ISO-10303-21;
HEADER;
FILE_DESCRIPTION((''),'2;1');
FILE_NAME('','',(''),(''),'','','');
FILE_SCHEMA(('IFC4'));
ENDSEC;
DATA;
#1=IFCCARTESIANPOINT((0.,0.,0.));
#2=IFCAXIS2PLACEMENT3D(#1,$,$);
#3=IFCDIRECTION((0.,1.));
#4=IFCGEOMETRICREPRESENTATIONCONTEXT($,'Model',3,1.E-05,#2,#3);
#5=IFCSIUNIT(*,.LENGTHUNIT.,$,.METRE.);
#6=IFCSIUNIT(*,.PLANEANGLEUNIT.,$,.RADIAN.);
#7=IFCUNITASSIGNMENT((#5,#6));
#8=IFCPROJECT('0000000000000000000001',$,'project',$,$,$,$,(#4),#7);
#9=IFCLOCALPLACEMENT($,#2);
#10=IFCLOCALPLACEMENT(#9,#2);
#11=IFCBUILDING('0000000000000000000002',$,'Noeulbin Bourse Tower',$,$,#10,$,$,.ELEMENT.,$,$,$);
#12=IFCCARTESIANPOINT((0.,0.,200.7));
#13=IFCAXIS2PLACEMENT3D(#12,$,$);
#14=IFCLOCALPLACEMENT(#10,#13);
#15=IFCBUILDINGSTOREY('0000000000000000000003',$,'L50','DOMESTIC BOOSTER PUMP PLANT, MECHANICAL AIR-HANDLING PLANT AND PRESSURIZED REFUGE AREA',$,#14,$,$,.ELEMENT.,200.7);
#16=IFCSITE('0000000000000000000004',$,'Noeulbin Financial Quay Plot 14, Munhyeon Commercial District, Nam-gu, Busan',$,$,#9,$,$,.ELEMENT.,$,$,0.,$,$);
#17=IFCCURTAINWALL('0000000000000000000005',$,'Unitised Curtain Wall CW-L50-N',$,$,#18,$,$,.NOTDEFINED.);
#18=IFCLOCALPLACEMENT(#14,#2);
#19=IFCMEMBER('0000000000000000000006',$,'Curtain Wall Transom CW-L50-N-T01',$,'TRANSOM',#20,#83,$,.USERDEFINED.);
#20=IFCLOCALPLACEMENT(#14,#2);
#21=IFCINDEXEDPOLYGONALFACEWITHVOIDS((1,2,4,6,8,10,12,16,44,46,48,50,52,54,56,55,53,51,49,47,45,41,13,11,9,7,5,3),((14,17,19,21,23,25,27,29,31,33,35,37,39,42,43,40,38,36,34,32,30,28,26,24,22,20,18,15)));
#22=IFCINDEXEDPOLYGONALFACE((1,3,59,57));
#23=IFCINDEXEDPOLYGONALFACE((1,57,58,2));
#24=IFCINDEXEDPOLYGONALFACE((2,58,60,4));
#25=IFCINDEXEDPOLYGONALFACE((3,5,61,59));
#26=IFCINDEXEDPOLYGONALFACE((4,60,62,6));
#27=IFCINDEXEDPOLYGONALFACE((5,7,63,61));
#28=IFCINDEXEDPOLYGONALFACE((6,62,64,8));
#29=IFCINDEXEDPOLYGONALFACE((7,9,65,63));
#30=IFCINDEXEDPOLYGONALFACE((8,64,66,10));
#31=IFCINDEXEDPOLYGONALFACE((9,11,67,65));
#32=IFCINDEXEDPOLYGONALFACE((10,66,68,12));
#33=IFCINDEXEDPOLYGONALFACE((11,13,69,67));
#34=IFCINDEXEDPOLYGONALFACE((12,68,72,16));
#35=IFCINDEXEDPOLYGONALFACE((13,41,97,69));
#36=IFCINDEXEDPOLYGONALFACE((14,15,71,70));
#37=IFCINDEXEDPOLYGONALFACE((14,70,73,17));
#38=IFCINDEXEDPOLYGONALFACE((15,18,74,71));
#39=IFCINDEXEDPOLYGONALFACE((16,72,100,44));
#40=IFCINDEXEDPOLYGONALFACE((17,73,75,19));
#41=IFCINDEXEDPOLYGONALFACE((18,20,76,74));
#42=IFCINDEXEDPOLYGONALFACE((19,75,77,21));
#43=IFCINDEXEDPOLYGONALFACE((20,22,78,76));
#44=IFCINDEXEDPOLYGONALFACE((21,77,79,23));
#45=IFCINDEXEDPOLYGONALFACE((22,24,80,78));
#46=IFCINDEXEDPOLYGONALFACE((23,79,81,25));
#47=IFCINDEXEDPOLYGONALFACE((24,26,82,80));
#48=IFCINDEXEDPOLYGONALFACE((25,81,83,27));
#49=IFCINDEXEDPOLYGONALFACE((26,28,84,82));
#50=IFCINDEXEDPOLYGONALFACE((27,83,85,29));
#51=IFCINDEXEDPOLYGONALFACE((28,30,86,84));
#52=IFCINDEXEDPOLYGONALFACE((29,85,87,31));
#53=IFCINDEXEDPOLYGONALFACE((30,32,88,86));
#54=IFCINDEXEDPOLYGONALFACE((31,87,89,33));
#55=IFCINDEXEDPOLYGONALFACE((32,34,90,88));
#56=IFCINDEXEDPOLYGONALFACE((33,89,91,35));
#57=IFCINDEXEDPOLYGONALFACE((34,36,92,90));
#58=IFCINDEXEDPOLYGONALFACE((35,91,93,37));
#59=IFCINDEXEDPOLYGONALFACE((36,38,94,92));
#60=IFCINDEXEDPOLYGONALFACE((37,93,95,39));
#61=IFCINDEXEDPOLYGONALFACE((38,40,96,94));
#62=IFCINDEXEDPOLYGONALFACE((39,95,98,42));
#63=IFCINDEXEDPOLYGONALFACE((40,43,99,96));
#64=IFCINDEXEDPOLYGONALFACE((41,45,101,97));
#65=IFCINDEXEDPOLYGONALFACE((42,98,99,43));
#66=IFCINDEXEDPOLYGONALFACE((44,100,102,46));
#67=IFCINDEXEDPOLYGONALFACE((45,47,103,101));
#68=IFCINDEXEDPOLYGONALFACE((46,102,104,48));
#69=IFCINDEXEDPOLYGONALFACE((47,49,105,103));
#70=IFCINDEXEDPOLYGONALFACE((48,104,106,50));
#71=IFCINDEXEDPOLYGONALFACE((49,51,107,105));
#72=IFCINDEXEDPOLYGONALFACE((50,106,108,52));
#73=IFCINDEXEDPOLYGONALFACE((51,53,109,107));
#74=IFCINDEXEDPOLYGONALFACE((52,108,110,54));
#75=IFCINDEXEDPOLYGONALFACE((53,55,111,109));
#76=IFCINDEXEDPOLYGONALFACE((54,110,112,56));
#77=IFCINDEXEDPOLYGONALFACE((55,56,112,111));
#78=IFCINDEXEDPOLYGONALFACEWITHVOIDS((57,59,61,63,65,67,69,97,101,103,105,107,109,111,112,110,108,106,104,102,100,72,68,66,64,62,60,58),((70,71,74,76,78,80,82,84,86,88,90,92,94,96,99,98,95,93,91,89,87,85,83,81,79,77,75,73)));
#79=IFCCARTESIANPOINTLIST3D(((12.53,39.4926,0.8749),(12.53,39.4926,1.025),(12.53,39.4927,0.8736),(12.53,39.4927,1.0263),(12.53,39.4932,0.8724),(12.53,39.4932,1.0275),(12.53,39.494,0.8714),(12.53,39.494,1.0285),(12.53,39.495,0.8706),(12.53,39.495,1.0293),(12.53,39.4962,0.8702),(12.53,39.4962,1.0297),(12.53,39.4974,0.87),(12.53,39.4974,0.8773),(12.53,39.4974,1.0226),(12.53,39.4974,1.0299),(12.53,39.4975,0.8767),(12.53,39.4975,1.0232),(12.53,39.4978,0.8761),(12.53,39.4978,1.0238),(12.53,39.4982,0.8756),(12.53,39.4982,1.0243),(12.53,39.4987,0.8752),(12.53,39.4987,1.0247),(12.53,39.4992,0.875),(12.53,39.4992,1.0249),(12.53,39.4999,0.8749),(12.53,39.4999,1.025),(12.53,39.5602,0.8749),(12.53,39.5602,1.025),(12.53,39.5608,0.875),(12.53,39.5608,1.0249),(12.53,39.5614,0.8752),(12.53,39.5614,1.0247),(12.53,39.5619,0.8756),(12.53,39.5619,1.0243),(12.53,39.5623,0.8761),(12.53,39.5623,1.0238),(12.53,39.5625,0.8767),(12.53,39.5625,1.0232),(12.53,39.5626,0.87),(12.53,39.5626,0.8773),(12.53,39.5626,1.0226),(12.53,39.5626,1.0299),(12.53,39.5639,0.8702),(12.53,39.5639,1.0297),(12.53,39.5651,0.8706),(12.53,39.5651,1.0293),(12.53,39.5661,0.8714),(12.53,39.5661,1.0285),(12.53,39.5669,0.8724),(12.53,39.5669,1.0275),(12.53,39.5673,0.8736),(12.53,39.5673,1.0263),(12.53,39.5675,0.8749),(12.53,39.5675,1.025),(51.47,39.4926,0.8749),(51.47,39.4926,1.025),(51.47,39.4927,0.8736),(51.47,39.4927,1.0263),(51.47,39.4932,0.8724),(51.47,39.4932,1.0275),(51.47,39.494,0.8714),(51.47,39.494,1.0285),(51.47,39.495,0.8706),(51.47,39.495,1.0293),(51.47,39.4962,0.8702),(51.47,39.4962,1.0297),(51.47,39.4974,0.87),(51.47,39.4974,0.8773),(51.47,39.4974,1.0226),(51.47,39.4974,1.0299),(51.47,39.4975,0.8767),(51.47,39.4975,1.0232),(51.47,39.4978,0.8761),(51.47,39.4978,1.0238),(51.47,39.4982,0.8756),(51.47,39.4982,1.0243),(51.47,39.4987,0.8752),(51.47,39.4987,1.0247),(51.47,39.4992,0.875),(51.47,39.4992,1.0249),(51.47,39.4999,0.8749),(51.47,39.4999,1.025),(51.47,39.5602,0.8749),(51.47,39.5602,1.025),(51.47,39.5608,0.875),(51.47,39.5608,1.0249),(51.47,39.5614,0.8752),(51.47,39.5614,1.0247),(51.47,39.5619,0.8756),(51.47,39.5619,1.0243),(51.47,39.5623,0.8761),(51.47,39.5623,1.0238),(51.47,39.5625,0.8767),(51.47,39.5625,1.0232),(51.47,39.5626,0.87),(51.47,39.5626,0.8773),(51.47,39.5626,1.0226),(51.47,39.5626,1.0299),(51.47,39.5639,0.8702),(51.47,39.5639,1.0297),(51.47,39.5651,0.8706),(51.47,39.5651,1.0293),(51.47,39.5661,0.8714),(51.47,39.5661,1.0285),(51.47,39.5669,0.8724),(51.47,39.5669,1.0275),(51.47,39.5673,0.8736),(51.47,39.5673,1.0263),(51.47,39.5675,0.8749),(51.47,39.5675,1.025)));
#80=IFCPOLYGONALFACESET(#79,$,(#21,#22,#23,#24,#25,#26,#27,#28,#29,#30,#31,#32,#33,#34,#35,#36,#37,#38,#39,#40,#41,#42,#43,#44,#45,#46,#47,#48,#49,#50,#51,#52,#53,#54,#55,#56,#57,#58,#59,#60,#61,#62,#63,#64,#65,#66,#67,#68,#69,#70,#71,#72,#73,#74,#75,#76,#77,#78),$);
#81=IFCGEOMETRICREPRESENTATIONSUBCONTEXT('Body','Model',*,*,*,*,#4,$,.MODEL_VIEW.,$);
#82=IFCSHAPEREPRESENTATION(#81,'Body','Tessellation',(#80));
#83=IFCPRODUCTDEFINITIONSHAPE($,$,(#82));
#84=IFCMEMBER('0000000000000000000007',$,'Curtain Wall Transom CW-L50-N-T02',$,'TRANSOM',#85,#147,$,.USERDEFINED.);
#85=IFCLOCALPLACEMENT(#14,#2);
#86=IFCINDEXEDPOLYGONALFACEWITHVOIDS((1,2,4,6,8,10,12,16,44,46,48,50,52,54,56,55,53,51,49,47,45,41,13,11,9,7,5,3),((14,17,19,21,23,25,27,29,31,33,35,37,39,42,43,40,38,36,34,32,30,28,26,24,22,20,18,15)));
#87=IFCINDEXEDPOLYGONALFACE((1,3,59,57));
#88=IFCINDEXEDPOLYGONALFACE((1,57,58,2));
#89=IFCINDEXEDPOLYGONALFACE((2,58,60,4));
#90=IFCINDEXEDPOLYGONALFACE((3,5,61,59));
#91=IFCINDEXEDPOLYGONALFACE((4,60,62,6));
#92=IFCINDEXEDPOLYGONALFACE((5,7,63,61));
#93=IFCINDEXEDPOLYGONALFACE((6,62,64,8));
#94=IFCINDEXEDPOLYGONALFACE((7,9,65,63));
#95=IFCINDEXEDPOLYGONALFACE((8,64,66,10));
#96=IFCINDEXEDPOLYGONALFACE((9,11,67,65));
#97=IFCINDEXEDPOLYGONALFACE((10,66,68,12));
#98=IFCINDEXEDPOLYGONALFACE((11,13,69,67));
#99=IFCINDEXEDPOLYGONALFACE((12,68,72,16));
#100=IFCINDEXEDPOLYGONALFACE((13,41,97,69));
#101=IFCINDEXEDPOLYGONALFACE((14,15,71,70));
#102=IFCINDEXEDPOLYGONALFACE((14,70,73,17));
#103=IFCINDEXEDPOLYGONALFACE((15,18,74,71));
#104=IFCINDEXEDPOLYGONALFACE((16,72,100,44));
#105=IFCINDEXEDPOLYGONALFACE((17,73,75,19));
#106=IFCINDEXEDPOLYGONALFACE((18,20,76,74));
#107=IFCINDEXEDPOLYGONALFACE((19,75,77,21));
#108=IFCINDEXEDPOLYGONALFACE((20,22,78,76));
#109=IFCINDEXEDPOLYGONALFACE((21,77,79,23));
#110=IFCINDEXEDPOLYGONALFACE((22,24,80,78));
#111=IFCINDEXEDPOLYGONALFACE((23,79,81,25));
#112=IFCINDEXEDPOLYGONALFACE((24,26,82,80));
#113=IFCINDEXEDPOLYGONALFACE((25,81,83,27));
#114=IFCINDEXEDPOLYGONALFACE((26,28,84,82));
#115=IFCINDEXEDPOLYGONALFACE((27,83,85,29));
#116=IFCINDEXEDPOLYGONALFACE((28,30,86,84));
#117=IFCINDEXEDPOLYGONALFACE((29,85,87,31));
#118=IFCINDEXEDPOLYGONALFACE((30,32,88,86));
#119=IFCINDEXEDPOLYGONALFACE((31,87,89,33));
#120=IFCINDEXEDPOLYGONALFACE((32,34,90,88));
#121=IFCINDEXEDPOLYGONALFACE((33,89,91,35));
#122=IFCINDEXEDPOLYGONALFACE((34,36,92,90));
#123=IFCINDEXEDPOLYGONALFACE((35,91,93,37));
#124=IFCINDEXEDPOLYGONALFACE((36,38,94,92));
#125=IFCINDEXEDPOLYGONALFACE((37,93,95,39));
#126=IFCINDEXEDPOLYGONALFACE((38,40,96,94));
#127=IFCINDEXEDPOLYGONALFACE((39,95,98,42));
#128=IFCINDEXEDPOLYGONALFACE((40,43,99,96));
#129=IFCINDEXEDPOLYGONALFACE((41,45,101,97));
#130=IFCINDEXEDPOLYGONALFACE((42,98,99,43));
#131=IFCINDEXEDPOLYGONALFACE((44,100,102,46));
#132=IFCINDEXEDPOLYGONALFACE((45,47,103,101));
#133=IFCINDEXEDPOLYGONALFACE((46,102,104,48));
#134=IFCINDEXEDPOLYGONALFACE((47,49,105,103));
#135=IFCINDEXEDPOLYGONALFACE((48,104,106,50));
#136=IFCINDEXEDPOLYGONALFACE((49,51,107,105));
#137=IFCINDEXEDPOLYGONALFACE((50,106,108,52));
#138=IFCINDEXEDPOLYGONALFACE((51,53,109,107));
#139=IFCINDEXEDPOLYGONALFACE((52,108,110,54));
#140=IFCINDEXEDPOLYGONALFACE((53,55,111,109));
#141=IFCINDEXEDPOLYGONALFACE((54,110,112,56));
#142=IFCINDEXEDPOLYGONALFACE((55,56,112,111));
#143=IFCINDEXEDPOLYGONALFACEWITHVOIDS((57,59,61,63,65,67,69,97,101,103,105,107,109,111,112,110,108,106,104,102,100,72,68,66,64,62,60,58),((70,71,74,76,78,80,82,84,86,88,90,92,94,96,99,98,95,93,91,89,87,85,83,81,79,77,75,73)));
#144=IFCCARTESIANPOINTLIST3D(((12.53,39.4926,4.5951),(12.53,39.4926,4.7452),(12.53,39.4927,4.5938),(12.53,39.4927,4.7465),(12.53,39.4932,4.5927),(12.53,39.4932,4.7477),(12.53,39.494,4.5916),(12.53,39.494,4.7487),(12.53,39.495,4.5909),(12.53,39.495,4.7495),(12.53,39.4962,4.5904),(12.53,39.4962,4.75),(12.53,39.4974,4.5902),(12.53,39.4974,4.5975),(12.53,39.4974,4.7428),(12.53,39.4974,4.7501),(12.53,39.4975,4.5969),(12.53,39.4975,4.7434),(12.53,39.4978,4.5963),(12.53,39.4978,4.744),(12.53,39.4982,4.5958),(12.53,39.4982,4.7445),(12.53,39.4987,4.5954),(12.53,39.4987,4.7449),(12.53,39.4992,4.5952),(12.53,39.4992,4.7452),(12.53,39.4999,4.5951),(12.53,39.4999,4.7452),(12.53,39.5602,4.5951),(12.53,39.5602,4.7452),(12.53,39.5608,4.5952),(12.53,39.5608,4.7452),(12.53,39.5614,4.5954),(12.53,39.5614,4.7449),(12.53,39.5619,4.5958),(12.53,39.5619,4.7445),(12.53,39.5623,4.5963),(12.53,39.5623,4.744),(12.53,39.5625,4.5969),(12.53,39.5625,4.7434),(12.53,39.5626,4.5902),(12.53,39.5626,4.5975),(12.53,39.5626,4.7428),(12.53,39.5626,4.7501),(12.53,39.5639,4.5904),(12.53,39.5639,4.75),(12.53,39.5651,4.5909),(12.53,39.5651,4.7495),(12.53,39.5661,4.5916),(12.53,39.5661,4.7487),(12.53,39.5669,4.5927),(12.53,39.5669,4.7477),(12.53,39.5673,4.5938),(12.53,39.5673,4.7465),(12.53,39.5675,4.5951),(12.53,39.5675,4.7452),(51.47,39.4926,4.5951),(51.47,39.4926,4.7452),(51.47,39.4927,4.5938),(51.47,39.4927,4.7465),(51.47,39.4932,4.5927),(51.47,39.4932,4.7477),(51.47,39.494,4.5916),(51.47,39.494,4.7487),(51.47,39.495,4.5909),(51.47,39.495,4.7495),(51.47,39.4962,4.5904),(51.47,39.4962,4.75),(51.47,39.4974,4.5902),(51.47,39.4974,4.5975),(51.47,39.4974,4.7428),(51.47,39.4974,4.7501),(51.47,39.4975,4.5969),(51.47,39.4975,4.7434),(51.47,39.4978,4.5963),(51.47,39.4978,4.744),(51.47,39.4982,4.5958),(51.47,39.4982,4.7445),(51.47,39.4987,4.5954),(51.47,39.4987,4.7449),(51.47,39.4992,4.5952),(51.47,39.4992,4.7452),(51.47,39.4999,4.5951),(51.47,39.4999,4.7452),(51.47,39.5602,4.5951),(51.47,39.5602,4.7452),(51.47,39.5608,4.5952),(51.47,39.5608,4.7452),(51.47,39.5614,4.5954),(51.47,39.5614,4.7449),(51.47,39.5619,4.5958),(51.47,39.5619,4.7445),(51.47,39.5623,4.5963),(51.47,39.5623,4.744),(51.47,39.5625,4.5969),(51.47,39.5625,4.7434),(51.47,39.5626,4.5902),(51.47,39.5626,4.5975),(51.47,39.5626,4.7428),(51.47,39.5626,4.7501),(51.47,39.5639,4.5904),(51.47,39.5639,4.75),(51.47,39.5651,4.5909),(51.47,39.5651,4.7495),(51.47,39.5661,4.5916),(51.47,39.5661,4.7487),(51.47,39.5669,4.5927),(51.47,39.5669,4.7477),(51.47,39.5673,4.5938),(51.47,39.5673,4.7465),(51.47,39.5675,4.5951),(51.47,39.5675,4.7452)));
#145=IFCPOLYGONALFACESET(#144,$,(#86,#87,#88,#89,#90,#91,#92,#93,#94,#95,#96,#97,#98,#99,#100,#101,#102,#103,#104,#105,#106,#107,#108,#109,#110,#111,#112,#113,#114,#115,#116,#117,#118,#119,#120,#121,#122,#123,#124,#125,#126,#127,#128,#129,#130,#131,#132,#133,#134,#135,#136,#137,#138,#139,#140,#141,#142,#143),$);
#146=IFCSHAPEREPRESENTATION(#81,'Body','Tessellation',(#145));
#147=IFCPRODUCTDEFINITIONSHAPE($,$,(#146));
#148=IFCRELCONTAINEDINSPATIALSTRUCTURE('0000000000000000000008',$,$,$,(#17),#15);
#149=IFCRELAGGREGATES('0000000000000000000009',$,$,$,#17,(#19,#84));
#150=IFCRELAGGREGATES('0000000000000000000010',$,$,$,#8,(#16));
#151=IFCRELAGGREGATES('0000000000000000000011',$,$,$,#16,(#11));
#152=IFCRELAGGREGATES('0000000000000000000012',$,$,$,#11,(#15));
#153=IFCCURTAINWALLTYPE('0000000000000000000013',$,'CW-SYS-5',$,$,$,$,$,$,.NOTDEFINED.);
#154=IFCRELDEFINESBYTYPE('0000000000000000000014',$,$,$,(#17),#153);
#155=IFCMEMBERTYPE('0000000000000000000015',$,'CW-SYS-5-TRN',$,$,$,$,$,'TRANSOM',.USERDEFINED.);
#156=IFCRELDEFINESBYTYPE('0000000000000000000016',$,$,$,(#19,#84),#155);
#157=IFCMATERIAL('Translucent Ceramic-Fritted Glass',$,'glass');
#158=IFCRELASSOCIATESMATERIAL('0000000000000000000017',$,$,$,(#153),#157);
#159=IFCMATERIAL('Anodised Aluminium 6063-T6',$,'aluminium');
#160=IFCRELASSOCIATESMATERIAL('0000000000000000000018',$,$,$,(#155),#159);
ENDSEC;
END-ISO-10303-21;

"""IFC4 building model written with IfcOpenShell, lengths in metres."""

from ifc_helpers import new_model, si_unit, direction, frame, origin, origin_2d, place, context, subcontext, project, spatial, hollow_rectangle, extrude, material, material_profile, profile_set, type_object, element, aggregate, save


model = new_model("IFC4")

# Units and contexts
model_context = context("Model", 3, precision=1e-05, world=origin(), true_north=direction((0.0, 1.0)))
body_context = subcontext(model_context, "Body", "Model", "MODEL_VIEW")
ifc_project = project(units=[si_unit("LENGTHUNIT", "METRE"), si_unit("PLANEANGLEUNIT", "RADIAN")], contexts=[model_context])

# Site, building, storey
site_placement = place(None, origin())
site = spatial("IfcSite", under=ifc_project, at=site_placement, Name="Noeulbin Financial Quay Plot 14, Munhyeon Commercial District, Nam-gu, Busan", CompositionType="ELEMENT", RefElevation=0.0)
building_placement = place(site_placement, origin())
building = spatial("IfcBuilding", under=site, at=building_placement, Name="Noeulbin Bourse Tower", CompositionType="ELEMENT")
storey_placement = place(building_placement, frame((0.0, 0.0, 200.7)))
storey = spatial("IfcBuildingStorey", under=building, at=storey_placement, Name="L50", Description="DOMESTIC BOOSTER PUMP PLANT, MECHANICAL AIR-HANDLING PLANT AND PRESSURIZED REFUGE AREA", CompositionType="ELEMENT", Elevation=200.7)

# Curtain wall
ifc_material_1 = material(Name="Translucent Ceramic-Fritted Glass", Category="glass")
curtain_wall_type = type_object("IfcCurtainWallType", Name="CW-SYS-5", PredefinedType="NOTDEFINED", material=ifc_material_1)
curtain_wall_1_placement = place(storey_placement, origin())
curtain_wall_1 = element("IfcCurtainWall", 1, at=curtain_wall_1_placement, inside=storey, type_object=curtain_wall_type, Name="Unitised Curtain Wall CW-L50-N", PredefinedType="NOTDEFINED")
ifc_material_2 = material(Name="Anodised Aluminium 6063-T6", Category="aluminium")

# Members
ifc_material_profile_1 = material_profile(ifc_material_2, hollow_rectangle(XDim=0.075, YDim=0.1599, WallThickness=0.0049, InnerFilletRadius=0.0024, OuterFilletRadius=0.0049, at=origin_2d()), Name="ALU-TRAN-75x160x5", Category="LoadBearing")
ifc_profile_set_1 = profile_set([ifc_material_profile_1], Name="Anodised Aluminium 6063-T6")
member_type_1 = type_object("IfcMemberType", Name="CW-SYS-5-TRN", ElementType="TRANSOM", PredefinedType="USERDEFINED", material=ifc_profile_set_1)
member_1_placement = place(storey_placement, frame((12.53, 39.53, 0.95), z_axis=(1.0, 0.0, 0.0), x_axis=(0.0, 1.0, 0.0)))
member_1 = element("IfcMember", 2, at=member_1_placement, type_object=member_type_1, Name="Curtain Wall Transom CW-L50-N-T01", ObjectType="TRANSOM", PredefinedType="USERDEFINED", context=body_context, shape_type="SweptSolid", body=[
    extrude(hollow_rectangle(XDim=0.075, YDim=0.1599, WallThickness=0.0049, InnerFilletRadius=0.0024, OuterFilletRadius=0.0049, at=origin_2d()), origin(), (0.0, 0.0, 1.0), 38.9399),
])
member_2_placement = place(storey_placement, frame((12.53, 39.53, 4.6702), z_axis=(1.0, 0.0, 0.0), x_axis=(0.0, 1.0, 0.0)))
member_2 = element("IfcMember", 3, at=member_2_placement, type_object=member_type_1, Name="Curtain Wall Transom CW-L50-N-T02", ObjectType="TRANSOM", PredefinedType="USERDEFINED", context=body_context, shape_type="SweptSolid", body=[
    extrude(hollow_rectangle(XDim=0.075, YDim=0.1599, WallThickness=0.0049, InnerFilletRadius=0.0024, OuterFilletRadius=0.0049, at=origin_2d()), origin(), (0.0, 0.0, 1.0), 38.9399),
])
aggregate(curtain_wall_1, [member_1, member_2])

save(model, "model.ifc")
